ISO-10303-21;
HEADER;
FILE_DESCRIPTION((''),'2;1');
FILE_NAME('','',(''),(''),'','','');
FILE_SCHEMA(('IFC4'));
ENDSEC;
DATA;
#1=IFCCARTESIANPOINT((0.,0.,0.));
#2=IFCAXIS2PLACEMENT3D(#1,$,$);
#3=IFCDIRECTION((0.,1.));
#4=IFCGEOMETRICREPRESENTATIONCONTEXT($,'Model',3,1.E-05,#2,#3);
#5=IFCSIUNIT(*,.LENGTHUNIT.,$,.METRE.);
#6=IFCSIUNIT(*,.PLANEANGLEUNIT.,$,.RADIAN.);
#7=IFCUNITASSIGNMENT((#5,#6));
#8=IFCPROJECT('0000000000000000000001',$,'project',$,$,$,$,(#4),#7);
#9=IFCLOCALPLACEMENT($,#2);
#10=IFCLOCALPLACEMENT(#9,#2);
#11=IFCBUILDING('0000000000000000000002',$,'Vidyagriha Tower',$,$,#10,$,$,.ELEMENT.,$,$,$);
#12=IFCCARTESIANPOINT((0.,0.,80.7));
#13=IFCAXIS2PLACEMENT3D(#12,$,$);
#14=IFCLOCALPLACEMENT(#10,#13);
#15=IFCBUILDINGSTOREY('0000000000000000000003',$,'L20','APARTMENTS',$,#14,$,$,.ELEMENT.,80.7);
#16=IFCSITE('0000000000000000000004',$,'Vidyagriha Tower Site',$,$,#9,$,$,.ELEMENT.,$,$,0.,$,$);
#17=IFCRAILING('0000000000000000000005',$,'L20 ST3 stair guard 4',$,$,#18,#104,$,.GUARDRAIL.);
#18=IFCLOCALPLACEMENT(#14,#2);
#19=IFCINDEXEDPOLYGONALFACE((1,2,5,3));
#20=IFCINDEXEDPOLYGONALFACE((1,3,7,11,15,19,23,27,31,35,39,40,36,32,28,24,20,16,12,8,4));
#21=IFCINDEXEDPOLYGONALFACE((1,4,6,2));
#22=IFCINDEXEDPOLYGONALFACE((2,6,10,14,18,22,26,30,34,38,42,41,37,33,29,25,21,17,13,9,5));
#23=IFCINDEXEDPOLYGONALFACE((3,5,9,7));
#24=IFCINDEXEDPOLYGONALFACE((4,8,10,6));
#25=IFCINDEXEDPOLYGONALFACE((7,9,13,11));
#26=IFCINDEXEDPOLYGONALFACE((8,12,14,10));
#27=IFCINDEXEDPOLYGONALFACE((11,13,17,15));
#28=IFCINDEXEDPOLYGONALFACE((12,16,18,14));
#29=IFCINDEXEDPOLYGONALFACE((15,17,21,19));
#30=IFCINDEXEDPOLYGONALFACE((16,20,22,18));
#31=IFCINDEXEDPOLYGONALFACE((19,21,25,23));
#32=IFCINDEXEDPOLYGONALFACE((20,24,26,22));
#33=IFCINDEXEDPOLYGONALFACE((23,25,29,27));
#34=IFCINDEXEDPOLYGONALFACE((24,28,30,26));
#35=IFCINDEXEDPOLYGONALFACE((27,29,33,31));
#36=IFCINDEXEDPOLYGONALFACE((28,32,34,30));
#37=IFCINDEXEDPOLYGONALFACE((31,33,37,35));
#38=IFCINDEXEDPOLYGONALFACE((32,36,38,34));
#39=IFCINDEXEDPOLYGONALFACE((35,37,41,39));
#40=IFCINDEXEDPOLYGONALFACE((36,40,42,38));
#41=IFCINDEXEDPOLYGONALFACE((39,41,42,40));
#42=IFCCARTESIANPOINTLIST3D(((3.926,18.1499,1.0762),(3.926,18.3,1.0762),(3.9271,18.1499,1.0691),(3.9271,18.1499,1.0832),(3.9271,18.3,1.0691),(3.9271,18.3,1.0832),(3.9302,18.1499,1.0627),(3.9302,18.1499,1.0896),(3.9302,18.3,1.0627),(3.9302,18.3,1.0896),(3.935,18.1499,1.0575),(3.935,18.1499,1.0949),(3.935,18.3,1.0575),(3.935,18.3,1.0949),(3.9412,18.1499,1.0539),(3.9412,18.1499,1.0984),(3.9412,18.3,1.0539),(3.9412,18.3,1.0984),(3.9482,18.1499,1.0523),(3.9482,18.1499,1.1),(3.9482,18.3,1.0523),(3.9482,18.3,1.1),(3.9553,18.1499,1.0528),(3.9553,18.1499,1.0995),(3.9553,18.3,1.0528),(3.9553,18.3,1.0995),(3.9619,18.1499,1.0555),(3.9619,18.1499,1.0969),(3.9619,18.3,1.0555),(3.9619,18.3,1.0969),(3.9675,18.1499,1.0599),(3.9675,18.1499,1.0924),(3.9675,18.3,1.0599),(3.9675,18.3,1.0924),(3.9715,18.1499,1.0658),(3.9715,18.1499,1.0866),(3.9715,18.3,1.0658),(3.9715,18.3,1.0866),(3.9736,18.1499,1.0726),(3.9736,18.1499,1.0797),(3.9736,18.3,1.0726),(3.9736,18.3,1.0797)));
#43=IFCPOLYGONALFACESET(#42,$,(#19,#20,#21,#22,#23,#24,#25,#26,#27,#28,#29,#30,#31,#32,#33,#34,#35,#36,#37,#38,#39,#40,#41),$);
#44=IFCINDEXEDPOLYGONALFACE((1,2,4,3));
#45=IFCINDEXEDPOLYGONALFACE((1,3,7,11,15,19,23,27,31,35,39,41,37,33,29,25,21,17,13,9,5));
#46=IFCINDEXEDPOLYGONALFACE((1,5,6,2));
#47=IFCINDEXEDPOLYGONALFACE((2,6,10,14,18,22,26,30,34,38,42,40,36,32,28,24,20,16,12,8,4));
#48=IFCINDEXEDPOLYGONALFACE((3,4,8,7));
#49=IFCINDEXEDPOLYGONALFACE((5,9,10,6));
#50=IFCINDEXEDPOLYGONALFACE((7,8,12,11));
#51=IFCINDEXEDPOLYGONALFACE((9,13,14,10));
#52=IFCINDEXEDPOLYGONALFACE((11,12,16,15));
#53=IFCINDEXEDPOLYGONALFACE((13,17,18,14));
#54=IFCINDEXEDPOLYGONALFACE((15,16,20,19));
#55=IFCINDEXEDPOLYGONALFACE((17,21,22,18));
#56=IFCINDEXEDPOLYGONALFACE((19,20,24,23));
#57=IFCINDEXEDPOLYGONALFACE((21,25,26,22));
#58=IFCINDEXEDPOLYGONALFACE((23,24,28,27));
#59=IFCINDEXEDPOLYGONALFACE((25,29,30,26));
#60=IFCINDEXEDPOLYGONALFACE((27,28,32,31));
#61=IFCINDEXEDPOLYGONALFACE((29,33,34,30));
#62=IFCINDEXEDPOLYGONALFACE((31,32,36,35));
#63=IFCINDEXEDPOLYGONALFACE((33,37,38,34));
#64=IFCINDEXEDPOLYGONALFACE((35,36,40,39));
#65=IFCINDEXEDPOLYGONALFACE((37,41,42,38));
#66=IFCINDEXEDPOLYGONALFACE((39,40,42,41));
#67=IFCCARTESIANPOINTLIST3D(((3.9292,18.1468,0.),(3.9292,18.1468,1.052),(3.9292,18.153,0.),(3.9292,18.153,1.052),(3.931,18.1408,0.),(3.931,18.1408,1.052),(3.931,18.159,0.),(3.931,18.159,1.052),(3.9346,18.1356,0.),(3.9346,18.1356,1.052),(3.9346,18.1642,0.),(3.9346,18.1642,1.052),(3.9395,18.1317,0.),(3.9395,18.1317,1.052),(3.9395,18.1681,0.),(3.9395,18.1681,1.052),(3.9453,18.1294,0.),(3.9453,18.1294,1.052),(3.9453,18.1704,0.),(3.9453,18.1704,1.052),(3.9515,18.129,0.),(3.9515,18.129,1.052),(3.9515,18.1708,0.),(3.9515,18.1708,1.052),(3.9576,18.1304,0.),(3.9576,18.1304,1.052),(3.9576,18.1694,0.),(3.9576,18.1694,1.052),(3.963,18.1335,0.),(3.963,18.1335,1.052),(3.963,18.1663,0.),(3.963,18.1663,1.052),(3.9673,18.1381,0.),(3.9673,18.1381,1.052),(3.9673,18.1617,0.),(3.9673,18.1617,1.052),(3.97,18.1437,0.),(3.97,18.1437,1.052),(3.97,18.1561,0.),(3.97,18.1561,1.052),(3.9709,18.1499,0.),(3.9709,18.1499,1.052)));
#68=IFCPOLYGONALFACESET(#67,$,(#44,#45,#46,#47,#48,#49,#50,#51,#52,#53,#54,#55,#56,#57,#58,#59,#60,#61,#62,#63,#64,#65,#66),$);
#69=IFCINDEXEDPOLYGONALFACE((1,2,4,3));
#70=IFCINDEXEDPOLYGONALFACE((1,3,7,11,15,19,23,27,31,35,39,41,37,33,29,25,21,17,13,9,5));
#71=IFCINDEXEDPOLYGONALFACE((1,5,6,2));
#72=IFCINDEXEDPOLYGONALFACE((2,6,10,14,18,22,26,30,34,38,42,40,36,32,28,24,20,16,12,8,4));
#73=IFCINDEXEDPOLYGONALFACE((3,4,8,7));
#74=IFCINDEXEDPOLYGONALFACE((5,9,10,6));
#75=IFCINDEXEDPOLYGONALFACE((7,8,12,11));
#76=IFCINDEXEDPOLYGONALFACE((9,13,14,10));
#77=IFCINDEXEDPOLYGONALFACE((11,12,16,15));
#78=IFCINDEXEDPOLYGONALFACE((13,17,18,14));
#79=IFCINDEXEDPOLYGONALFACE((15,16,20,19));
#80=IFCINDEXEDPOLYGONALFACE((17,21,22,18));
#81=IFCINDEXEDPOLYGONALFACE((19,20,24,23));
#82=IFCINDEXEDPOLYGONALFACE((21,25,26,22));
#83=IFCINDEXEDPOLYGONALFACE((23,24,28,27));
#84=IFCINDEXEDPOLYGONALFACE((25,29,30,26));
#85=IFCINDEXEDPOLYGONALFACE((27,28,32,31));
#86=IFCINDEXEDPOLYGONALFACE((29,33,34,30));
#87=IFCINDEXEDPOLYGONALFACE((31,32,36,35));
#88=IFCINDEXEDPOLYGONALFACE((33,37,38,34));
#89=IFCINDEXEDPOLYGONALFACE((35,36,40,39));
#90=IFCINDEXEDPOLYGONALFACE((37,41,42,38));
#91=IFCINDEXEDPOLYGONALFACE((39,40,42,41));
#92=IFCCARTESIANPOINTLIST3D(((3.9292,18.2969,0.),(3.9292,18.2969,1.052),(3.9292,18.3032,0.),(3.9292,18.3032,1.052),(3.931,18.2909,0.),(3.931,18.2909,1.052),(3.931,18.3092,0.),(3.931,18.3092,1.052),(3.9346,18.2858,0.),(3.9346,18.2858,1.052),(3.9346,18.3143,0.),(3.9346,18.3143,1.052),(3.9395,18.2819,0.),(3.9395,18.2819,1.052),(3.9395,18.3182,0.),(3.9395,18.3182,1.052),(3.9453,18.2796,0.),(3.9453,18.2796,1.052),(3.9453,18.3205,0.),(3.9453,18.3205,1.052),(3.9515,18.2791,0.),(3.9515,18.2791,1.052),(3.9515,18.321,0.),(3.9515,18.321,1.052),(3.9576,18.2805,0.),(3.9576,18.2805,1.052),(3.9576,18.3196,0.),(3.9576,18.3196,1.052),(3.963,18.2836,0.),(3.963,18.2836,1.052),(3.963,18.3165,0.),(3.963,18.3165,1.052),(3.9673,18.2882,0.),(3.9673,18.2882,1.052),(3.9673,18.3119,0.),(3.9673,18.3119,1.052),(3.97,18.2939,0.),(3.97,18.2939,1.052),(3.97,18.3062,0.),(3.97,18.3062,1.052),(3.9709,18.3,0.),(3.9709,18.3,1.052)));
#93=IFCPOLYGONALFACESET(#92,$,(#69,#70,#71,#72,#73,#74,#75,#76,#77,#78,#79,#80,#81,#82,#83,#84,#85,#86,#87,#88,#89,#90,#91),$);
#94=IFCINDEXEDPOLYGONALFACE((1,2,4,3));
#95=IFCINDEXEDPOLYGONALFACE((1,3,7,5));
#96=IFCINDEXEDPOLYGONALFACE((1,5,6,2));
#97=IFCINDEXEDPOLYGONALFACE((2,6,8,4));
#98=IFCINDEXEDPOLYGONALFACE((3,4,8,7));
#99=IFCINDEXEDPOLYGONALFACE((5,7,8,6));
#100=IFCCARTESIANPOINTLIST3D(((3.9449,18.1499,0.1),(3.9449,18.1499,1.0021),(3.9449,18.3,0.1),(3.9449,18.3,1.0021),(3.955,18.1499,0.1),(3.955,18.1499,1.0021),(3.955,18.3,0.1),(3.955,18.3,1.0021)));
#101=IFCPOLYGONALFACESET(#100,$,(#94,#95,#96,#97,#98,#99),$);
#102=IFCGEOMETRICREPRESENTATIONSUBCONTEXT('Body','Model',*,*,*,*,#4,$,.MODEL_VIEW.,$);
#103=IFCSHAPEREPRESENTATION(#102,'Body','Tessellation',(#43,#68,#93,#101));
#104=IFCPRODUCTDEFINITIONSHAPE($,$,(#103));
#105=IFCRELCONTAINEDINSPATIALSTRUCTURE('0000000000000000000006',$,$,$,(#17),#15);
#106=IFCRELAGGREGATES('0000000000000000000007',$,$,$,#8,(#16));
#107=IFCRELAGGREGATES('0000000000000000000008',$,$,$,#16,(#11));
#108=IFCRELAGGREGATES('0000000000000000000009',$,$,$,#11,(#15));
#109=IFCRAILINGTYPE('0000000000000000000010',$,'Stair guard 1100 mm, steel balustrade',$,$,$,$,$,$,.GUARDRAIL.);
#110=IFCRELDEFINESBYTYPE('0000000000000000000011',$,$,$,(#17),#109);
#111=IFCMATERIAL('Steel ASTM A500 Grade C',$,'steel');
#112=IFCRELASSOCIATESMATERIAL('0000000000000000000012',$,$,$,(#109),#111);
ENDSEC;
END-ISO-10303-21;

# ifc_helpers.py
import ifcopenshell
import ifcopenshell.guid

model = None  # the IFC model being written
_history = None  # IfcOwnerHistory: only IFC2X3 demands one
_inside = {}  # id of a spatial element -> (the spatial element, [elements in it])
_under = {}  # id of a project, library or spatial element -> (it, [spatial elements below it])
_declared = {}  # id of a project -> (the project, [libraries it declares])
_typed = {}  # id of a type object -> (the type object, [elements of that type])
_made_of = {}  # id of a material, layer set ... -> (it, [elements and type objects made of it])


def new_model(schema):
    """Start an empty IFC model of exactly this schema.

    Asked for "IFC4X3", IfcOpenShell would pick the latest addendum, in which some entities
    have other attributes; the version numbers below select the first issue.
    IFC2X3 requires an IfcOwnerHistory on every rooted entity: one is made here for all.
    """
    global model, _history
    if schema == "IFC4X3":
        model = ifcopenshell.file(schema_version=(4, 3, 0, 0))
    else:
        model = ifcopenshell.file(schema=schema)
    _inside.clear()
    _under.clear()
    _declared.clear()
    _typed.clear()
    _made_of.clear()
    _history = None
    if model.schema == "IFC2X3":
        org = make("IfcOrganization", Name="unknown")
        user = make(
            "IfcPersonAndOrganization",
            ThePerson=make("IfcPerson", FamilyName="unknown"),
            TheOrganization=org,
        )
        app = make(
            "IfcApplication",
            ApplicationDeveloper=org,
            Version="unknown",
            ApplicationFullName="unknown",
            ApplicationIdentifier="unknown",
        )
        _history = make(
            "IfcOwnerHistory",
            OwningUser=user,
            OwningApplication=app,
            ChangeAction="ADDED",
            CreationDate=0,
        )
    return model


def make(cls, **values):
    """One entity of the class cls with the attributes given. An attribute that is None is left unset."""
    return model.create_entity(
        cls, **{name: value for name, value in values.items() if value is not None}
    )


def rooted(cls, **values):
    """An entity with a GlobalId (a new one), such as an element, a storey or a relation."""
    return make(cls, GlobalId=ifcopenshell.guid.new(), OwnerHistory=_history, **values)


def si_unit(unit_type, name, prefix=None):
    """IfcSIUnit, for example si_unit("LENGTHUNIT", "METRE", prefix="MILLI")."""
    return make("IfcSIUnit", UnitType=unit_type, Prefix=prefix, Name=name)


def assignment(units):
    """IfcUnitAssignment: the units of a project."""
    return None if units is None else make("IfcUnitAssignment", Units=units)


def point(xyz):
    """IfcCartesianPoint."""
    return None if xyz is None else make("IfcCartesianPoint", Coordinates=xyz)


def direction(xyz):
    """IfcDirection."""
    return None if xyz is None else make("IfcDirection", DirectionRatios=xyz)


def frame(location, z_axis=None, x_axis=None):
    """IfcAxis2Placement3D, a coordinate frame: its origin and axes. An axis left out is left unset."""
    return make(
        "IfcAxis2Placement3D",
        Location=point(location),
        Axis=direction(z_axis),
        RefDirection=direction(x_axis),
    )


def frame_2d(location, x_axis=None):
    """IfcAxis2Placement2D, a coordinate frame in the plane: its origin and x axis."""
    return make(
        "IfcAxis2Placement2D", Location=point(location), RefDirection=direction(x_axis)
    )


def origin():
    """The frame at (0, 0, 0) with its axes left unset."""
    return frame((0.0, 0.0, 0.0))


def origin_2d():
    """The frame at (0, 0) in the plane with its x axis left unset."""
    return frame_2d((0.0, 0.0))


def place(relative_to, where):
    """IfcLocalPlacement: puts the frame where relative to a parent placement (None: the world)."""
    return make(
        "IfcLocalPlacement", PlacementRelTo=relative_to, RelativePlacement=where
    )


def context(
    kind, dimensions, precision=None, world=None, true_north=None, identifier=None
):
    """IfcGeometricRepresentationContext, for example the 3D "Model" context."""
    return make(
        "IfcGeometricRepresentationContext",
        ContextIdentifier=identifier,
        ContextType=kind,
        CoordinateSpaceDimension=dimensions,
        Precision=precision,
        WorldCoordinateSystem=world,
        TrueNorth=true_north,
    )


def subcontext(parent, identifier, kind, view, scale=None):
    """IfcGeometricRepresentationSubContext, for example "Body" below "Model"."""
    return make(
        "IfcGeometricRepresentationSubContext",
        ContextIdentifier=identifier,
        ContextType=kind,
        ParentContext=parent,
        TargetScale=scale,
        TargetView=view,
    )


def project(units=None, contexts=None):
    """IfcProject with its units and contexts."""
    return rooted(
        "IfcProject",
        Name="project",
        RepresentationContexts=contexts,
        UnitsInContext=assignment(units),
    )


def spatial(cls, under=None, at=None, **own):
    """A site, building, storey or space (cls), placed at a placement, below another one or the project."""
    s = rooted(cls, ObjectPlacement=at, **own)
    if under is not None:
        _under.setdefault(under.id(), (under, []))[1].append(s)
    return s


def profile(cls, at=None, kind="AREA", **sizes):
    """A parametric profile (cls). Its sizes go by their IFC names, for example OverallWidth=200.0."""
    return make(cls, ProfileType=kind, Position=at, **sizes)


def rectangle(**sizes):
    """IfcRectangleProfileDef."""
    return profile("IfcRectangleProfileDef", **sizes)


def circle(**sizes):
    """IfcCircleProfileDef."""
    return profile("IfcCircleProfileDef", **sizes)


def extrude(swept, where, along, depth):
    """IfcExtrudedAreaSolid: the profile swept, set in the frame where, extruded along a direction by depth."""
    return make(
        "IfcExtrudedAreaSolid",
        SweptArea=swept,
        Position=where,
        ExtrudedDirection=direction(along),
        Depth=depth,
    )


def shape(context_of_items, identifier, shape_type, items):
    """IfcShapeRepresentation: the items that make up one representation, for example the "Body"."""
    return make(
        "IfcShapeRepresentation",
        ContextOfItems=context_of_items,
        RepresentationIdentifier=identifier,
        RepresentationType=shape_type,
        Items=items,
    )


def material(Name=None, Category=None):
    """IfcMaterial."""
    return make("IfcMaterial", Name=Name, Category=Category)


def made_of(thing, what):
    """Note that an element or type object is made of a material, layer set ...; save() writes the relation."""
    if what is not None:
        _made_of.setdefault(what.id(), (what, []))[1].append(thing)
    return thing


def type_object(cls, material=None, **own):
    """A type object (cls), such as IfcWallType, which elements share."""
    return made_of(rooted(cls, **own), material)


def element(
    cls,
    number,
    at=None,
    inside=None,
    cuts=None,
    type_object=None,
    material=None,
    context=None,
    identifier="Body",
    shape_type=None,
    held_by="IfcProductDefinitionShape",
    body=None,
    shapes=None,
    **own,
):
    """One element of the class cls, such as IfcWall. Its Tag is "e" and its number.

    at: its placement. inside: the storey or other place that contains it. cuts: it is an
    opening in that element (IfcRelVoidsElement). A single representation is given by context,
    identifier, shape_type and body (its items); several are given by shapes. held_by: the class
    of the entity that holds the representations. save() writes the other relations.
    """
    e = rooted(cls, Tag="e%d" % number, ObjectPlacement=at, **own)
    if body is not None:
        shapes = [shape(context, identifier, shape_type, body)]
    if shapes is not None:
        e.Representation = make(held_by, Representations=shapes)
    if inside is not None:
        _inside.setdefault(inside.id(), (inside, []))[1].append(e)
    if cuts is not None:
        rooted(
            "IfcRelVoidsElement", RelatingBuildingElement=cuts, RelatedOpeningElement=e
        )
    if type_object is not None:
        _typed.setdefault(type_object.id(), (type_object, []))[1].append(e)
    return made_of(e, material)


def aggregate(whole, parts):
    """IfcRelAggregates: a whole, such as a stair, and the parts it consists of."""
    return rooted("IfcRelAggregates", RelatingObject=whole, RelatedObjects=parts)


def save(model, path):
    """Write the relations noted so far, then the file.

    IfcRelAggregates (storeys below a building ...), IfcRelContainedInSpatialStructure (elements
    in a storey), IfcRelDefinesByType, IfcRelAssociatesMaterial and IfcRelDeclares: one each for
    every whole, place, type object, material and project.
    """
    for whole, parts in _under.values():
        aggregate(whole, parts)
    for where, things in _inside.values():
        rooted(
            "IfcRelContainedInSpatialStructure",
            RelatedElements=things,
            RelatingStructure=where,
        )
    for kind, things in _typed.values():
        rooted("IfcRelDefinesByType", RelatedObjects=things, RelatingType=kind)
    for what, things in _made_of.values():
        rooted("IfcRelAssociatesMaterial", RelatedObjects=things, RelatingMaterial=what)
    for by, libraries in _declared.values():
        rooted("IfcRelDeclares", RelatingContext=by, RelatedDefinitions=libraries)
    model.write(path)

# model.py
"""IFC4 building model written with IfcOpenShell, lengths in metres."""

from ifc_helpers import new_model, si_unit, direction, frame, origin, origin_2d, place, context, subcontext, project, spatial, rectangle, circle, extrude, material, type_object, element, save


model = new_model("IFC4")

# Units and contexts
model_context = context("Model", 3, precision=1e-05, world=origin(), true_north=direction((0.0, 1.0)))
body_context = subcontext(model_context, "Body", "Model", "MODEL_VIEW")
ifc_project = project(units=[si_unit("LENGTHUNIT", "METRE"), si_unit("PLANEANGLEUNIT", "RADIAN")], contexts=[model_context])

# Site, building, storey
site_placement = place(None, origin())
site = spatial("IfcSite", under=ifc_project, at=site_placement, Name="Vidyagriha Tower Site", CompositionType="ELEMENT", RefElevation=0.0)
building_placement = place(site_placement, origin())
building = spatial("IfcBuilding", under=site, at=building_placement, Name="Vidyagriha Tower", CompositionType="ELEMENT")
storey_placement = place(building_placement, frame((0.0, 0.0, 80.7)))
storey = spatial("IfcBuildingStorey", under=building, at=storey_placement, Name="L20", Description="APARTMENTS", CompositionType="ELEMENT", Elevation=80.7)

# Railing
ifc_material_1 = material(Name="Steel ASTM A500 Grade C", Category="steel")
railing_type_1 = type_object("IfcRailingType", Name="Stair guard 1100 mm, steel balustrade", PredefinedType="GUARDRAIL", material=ifc_material_1)
railing_1_placement = place(storey_placement, frame((3.95, 18.1499, 0.0)))
element("IfcRailing", 1, at=railing_1_placement, inside=storey, type_object=railing_type_1, Name="L20 ST3 stair guard 4", PredefinedType="GUARDRAIL", context=body_context, shape_type="SweptSolid", body=[
    extrude(circle(Radius=0.0239, at=origin_2d()), frame((0.0, 0.0, 1.0762), z_axis=(0.0, 1.0, 0.0), x_axis=(-1.0, 0.0, 0.0)), (0.0, 0.0, 1.0), 0.1501),
    extrude(circle(Radius=0.021, at=origin_2d()), origin(), (0.0, 0.0, 1.0), 1.052),
    extrude(circle(Radius=0.021, at=origin_2d()), frame((0.0, 0.1501, 0.0)), (0.0, 0.0, 1.0), 1.052),
    extrude(rectangle(XDim=0.01, YDim=0.9021, at=origin_2d()), frame((0.0, 0.0, 0.551), z_axis=(0.0, 1.0, 0.0), x_axis=(-1.0, 0.0, 0.0)), (0.0, 0.0, 1.0), 0.1501),
])

save(model, "model.ifc")
